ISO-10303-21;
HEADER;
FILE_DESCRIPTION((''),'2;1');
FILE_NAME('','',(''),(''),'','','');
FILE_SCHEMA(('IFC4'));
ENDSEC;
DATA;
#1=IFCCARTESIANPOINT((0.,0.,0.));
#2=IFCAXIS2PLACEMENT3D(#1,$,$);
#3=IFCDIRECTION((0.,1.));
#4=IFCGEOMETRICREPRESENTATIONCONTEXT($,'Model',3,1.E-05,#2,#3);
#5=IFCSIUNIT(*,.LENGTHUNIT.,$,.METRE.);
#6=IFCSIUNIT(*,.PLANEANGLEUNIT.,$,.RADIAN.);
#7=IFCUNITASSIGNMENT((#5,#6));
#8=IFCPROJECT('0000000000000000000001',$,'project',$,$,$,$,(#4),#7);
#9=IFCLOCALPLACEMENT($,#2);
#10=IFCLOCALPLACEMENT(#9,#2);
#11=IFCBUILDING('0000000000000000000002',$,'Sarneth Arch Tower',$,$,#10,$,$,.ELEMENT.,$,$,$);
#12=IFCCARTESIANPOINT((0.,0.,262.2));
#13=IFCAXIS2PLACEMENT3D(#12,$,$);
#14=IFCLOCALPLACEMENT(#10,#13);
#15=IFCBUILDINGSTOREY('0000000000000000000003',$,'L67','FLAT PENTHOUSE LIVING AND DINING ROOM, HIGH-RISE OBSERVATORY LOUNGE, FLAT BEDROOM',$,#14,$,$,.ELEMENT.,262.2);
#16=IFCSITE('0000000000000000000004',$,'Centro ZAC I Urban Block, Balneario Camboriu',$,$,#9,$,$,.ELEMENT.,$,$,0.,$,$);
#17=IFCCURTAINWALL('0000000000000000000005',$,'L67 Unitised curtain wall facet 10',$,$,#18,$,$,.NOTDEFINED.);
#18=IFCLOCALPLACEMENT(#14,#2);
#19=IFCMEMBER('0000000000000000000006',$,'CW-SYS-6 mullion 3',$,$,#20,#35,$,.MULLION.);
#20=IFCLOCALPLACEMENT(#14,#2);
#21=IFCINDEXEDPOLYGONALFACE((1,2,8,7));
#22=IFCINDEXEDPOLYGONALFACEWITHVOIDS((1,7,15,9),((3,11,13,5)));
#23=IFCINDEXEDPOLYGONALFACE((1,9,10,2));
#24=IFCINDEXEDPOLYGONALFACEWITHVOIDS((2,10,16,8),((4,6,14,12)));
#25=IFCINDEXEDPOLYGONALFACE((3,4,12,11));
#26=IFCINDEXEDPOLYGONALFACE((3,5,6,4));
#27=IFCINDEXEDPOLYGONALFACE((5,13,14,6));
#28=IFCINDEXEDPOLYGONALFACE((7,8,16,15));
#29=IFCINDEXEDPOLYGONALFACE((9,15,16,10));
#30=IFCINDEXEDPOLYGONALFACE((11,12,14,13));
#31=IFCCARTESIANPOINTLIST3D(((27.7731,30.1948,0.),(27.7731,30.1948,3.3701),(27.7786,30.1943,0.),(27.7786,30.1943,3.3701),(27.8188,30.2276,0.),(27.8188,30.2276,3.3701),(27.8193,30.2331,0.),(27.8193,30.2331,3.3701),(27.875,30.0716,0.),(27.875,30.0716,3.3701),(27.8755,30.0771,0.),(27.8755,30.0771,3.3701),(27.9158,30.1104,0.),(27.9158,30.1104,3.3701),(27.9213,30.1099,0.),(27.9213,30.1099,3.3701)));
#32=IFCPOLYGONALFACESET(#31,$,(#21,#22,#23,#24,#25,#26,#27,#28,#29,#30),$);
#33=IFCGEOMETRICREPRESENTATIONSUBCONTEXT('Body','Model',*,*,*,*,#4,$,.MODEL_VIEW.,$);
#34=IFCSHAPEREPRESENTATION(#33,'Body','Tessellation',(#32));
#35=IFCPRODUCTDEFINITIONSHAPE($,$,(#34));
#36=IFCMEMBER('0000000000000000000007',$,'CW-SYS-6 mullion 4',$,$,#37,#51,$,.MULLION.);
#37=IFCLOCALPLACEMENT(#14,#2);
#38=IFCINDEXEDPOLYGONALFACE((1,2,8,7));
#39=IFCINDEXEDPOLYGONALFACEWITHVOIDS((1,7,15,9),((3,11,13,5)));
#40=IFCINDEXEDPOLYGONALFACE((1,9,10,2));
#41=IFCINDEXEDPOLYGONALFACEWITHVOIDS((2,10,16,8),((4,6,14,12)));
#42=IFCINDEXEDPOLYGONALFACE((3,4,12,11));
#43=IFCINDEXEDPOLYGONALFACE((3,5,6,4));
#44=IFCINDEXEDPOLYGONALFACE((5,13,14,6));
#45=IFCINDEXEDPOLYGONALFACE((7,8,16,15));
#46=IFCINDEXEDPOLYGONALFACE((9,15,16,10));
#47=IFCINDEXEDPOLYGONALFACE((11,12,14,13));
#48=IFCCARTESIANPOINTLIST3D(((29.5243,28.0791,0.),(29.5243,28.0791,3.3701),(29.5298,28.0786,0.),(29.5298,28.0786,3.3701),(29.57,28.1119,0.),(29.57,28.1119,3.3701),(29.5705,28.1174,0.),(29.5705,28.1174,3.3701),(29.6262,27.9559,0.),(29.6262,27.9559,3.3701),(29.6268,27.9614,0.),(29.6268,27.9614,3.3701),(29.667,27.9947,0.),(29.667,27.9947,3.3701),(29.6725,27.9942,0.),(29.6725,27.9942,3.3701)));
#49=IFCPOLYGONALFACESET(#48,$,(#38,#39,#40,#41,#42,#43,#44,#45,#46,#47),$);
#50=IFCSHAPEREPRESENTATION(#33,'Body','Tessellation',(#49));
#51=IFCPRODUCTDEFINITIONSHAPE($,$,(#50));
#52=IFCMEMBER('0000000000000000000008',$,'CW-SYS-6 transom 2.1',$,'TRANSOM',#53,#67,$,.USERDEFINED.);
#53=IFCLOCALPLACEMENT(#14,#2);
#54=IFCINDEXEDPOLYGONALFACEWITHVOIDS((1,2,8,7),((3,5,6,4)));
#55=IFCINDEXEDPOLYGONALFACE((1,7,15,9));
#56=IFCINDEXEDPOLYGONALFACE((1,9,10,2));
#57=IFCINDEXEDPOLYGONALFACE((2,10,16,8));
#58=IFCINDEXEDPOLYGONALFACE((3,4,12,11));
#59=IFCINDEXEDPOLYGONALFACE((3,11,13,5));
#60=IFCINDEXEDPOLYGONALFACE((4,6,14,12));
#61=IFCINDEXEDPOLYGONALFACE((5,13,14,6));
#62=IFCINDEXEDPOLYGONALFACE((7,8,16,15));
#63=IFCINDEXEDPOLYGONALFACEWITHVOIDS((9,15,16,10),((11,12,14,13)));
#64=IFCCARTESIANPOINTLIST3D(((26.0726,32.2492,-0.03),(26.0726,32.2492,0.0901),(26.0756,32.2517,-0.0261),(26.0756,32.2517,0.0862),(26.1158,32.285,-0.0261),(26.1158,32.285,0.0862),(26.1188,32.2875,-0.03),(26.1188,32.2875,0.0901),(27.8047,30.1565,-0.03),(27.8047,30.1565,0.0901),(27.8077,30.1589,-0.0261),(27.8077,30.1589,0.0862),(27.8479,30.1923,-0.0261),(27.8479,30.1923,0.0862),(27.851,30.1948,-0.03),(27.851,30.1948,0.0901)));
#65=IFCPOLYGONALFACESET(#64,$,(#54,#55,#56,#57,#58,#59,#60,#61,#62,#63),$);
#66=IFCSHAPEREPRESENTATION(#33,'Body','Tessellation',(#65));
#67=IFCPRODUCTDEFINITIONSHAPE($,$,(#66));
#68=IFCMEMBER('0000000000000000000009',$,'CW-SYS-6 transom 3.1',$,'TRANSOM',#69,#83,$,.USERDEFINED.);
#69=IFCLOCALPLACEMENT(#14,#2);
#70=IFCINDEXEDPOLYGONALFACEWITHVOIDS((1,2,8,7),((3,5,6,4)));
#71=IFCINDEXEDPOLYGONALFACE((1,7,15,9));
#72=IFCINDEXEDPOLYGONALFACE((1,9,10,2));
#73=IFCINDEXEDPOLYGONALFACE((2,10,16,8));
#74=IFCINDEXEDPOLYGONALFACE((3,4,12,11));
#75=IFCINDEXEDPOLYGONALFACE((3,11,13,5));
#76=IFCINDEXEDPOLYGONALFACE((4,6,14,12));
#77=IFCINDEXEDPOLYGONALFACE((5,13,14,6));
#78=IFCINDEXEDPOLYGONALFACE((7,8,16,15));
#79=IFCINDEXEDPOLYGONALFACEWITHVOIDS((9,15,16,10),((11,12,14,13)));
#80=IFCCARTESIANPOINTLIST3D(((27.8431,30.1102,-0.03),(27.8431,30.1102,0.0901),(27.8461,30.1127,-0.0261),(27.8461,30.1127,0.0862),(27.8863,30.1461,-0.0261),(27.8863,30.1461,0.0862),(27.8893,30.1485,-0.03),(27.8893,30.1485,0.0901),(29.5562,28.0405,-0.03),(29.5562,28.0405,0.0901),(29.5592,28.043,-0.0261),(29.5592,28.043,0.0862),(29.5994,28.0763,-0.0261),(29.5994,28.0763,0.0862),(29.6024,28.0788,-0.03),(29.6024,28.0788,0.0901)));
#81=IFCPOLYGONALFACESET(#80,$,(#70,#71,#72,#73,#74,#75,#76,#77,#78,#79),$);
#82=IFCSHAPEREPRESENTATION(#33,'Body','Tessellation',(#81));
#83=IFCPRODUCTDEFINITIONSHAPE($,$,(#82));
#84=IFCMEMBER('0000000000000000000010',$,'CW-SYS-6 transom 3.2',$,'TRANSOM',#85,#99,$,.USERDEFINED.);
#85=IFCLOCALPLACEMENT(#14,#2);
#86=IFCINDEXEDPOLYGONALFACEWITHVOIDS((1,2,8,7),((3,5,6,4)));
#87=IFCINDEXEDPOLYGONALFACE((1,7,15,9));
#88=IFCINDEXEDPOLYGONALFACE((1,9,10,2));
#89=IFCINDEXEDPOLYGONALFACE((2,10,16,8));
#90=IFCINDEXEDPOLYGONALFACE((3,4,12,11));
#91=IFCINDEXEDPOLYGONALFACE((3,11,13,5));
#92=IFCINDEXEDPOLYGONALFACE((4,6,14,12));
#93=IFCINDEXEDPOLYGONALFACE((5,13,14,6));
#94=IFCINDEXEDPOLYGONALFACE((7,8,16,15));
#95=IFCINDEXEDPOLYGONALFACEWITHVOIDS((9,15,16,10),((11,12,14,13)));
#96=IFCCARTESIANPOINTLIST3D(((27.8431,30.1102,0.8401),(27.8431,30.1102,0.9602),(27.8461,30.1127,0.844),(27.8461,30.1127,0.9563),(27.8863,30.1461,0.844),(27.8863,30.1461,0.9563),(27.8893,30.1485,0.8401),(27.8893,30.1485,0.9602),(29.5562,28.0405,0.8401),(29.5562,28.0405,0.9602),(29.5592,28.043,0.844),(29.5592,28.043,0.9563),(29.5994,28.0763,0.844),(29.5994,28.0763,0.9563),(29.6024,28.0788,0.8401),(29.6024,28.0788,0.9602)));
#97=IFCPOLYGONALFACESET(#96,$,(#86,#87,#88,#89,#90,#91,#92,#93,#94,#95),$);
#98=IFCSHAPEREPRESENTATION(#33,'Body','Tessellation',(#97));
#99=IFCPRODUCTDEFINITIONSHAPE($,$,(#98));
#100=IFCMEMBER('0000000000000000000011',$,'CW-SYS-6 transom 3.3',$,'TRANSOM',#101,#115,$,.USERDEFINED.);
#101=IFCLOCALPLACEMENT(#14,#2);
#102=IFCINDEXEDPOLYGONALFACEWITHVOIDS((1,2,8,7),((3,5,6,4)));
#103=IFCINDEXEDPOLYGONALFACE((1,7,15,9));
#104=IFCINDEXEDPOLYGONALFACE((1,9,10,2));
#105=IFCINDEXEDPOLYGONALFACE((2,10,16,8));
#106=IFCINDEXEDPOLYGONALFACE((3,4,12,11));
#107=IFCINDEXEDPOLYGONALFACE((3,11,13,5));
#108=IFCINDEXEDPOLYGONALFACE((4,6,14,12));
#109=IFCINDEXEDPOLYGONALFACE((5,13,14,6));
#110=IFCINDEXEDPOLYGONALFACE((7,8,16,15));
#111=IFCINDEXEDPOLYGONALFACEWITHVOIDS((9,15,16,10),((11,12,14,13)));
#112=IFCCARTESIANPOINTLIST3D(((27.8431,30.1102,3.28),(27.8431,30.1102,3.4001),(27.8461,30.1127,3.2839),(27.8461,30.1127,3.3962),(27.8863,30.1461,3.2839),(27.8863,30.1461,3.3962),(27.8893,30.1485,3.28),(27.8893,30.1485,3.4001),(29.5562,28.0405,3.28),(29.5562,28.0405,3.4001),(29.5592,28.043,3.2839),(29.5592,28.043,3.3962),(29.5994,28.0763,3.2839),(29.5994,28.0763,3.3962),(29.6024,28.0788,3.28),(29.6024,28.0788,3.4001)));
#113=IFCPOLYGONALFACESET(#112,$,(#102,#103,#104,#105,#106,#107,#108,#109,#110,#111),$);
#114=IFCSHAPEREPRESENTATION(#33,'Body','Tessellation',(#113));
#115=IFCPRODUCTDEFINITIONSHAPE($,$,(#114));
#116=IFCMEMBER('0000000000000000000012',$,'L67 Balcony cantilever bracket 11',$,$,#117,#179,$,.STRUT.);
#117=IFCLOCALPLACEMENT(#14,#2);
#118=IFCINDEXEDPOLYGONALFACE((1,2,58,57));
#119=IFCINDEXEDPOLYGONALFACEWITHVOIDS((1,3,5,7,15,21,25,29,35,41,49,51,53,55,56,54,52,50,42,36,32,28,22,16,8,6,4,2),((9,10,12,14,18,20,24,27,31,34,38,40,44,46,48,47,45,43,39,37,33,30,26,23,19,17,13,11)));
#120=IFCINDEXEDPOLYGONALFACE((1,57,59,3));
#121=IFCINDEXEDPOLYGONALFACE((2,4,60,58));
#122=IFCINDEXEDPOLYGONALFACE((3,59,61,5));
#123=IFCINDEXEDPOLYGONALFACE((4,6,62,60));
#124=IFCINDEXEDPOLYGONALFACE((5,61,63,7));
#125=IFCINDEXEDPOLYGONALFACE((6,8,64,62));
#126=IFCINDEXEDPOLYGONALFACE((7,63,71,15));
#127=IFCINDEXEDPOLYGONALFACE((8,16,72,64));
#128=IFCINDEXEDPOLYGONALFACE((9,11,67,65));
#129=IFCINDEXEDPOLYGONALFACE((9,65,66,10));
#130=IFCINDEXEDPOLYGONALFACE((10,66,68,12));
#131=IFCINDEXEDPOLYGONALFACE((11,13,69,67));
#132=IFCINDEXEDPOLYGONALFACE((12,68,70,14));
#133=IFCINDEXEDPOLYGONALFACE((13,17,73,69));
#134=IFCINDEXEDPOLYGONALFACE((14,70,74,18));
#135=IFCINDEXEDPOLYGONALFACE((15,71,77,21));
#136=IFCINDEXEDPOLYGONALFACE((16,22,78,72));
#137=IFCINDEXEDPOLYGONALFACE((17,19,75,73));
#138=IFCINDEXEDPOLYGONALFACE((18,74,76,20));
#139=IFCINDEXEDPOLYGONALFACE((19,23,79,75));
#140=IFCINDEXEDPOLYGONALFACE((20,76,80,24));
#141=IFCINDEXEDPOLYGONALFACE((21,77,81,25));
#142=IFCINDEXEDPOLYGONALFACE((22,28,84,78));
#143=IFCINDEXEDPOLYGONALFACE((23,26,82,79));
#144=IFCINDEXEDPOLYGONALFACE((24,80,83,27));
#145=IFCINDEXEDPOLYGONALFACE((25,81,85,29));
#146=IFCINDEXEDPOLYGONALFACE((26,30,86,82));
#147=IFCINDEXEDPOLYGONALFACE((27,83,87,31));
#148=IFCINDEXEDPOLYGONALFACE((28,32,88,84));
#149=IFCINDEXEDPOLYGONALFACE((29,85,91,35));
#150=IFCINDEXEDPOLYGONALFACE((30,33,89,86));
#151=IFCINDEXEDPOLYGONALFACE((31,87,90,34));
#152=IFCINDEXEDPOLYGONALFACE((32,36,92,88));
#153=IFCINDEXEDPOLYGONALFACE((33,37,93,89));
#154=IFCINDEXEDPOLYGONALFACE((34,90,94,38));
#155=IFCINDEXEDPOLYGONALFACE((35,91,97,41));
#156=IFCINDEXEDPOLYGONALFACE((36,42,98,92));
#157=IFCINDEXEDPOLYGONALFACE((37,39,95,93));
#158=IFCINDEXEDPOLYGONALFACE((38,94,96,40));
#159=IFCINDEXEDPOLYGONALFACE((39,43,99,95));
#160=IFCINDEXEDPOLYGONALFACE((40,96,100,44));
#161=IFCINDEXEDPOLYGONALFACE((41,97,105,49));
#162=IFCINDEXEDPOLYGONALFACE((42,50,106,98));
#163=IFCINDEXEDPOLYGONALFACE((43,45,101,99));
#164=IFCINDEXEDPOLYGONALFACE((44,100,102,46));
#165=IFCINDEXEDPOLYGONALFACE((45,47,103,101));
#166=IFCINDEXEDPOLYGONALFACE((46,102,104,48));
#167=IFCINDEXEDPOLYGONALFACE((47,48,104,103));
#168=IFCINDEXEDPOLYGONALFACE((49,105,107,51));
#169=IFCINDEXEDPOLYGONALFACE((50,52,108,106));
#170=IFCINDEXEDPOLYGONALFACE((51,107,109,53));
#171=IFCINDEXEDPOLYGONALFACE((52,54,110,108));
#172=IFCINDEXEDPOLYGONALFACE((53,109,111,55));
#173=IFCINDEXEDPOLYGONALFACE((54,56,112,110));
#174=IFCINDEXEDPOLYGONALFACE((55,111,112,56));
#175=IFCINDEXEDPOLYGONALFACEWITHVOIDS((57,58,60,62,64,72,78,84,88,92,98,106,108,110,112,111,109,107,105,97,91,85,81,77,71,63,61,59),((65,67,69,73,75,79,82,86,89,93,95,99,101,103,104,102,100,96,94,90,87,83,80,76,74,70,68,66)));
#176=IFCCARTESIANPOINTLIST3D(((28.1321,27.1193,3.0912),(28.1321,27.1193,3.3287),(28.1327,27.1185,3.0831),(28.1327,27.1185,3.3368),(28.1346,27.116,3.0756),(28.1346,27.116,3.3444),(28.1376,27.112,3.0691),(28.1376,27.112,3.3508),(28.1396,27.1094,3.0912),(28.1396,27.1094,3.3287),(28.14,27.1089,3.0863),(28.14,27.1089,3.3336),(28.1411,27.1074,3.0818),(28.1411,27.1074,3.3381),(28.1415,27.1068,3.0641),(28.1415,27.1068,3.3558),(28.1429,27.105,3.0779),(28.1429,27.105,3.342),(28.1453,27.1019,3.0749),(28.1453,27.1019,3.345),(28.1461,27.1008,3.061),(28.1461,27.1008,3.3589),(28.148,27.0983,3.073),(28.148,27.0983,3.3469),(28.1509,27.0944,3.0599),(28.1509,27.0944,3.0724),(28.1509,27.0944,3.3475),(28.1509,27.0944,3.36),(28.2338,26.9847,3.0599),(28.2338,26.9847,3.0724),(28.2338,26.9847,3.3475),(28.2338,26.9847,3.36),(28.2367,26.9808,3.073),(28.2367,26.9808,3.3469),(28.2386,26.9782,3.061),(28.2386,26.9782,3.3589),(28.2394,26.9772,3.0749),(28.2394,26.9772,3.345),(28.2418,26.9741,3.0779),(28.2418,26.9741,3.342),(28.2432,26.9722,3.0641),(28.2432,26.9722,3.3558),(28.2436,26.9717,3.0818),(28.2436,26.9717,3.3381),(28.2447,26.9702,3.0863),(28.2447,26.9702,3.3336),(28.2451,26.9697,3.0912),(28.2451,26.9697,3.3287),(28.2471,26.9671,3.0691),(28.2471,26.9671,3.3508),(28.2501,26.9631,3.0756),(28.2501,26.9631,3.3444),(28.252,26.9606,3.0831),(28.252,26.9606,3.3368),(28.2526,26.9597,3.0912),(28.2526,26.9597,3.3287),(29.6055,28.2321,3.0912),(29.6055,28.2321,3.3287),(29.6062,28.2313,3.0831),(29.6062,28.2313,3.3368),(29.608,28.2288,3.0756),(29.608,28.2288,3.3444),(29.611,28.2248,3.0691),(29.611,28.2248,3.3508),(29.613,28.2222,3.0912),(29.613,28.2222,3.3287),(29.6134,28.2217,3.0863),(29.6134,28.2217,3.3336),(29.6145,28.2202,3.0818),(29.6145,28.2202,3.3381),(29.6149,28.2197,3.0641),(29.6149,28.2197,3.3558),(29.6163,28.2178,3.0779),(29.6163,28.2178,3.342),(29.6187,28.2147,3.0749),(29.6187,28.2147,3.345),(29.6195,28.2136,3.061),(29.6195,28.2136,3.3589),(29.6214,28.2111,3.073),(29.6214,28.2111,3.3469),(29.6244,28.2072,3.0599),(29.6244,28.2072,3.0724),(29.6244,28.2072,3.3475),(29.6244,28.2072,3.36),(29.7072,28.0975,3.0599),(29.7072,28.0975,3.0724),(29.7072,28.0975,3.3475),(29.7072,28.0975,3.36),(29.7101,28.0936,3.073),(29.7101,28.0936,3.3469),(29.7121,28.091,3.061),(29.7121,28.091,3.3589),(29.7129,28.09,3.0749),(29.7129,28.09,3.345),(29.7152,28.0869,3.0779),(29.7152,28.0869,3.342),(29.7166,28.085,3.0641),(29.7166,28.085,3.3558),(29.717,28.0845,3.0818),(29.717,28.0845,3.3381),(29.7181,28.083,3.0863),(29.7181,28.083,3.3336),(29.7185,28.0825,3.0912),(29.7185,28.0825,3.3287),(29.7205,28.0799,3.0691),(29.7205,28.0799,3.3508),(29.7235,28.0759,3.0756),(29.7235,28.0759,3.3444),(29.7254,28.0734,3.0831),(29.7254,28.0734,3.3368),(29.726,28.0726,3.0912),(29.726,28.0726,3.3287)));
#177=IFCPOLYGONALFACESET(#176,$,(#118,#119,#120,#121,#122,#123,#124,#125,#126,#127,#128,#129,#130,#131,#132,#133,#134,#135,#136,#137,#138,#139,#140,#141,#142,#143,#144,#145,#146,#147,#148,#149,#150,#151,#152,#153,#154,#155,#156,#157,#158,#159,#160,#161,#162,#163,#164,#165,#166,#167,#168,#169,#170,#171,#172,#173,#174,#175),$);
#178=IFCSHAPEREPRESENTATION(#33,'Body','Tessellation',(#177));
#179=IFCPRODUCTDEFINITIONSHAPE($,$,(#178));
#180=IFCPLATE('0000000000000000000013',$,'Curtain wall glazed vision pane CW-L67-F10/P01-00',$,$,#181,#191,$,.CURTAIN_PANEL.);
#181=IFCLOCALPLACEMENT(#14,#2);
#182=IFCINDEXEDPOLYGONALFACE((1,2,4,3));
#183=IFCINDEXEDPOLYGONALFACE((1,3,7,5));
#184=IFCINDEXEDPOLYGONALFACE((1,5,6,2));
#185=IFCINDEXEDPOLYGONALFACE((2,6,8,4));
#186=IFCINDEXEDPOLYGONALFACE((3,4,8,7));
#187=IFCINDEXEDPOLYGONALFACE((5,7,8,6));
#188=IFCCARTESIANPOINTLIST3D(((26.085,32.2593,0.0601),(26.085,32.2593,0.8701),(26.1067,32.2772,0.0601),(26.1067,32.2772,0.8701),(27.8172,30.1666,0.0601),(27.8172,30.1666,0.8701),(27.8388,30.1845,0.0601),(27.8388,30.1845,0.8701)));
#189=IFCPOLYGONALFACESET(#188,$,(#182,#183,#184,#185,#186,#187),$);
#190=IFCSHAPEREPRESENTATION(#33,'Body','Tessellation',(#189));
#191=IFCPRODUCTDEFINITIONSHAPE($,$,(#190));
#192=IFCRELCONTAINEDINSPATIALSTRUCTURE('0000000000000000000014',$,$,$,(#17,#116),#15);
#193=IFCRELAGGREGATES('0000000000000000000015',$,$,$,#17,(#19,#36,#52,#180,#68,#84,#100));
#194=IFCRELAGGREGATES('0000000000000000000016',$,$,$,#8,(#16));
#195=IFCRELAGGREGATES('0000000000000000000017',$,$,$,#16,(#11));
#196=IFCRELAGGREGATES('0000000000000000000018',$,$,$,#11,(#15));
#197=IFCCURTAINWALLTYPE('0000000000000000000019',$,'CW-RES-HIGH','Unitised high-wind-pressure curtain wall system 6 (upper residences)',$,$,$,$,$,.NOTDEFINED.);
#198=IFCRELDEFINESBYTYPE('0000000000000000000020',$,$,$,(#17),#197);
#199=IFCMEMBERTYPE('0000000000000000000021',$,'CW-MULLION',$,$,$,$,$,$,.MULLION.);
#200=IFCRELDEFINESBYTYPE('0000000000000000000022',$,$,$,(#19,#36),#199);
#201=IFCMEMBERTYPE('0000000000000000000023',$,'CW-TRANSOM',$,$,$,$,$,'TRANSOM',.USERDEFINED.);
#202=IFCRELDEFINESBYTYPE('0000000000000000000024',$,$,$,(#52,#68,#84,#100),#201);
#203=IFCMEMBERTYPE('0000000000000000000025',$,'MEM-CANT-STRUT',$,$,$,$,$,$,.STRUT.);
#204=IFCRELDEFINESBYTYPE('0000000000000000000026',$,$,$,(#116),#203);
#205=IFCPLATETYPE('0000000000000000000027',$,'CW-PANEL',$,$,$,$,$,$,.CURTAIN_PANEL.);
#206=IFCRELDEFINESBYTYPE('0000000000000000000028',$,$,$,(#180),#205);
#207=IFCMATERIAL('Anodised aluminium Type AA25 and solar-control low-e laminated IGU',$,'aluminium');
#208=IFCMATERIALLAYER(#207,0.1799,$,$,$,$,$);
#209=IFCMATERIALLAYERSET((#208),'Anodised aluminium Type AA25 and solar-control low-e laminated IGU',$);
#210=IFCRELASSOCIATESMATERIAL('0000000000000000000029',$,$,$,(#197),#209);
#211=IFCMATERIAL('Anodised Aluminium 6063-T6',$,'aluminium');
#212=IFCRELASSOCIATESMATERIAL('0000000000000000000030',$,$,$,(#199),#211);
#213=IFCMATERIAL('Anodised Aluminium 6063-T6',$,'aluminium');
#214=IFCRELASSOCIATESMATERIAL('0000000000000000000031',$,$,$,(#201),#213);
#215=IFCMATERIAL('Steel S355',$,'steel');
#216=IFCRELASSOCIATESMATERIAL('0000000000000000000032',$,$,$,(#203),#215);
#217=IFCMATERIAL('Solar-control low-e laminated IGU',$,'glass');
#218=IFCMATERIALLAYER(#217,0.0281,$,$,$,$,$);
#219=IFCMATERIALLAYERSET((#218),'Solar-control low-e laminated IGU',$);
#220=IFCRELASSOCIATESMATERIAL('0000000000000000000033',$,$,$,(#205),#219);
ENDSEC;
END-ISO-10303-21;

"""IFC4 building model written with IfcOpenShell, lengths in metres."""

from ifc_helpers import new_model, si_unit, direction, frame, origin, origin_2d, place, context, subcontext, project, spatial, rectangle, hollow_rectangle, extrude, material, layer, layer_set, material_profile, profile_set, type_object, element, aggregate, save


model = new_model("IFC4")

# Units and contexts
model_context = context("Model", 3, precision=1e-05, world=origin(), true_north=direction((0.0, 1.0)))
body_context = subcontext(model_context, "Body", "Model", "MODEL_VIEW")
ifc_project = project(units=[si_unit("LENGTHUNIT", "METRE"), si_unit("PLANEANGLEUNIT", "RADIAN")], contexts=[model_context])

# Site, building, storey
site_placement = place(None, origin())
site = spatial("IfcSite", under=ifc_project, at=site_placement, Name="Centro ZAC I Urban Block, Balneario Camboriu", CompositionType="ELEMENT", RefElevation=0.0)
building_placement = place(site_placement, origin())
building = spatial("IfcBuilding", under=site, at=building_placement, Name="Sarneth Arch Tower", CompositionType="ELEMENT")
storey_placement = place(building_placement, frame((0.0, 0.0, 262.2)))
storey = spatial("IfcBuildingStorey", under=building, at=storey_placement, Name="L67", Description="FLAT PENTHOUSE LIVING AND DINING ROOM, HIGH-RISE OBSERVATORY LOUNGE, FLAT BEDROOM", CompositionType="ELEMENT", Elevation=262.2)

# Curtain wall, members
ifc_material_1 = material(Name="Anodised aluminium Type AA25 and solar-control low-e laminated IGU", Category="aluminium")
ifc_layer_1 = layer(ifc_material_1, 0.1799)
ifc_layer_set_1 = layer_set([ifc_layer_1], Name="Anodised aluminium Type AA25 and solar-control low-e laminated IGU")
curtain_wall_type = type_object("IfcCurtainWallType", Name="CW-RES-HIGH", Description="Unitised high-wind-pressure curtain wall system 6 (upper residences)", PredefinedType="NOTDEFINED", material=ifc_layer_set_1)
curtain_wall_placement = place(storey_placement, origin())
curtain_wall = element("IfcCurtainWall", 1, at=curtain_wall_placement, inside=storey, type_object=curtain_wall_type, Name="L67 Unitised curtain wall facet 10", PredefinedType="NOTDEFINED")
ifc_material_2 = material(Name="Anodised Aluminium 6063-T6", Category="aluminium")
ifc_material_profile_1 = material_profile(ifc_material_2, hollow_rectangle(XDim=0.0601, YDim=0.1599, WallThickness=0.0039, at=origin_2d()), Name="AL-MULL-160x60x4")
ifc_profile_set_1 = profile_set([ifc_material_profile_1], Name="Anodised Aluminium 6063-T6")
member_type_1 = type_object("IfcMemberType", Name="CW-MULLION", PredefinedType="MULLION", material=ifc_profile_set_1)
member_1_placement = place(storey_placement, frame((27.8472, 30.1523, 0.0), z_axis=(0.0, 0.0, 1.0), x_axis=(0.770359, 0.63761, 0.0)))
member_1 = element("IfcMember", 2, at=member_1_placement, type_object=member_type_1, Name="CW-SYS-6 mullion 3", PredefinedType="MULLION", context=body_context, shape_type="SweptSolid", body=[
    extrude(hollow_rectangle(XDim=0.0601, YDim=0.1599, WallThickness=0.0039, at=origin_2d()), origin(), (0.0, 0.0, 1.0), 3.3701),
])
member_2_placement = place(storey_placement, frame((29.5984, 28.0366, 0.0), z_axis=(0.0, 0.0, 1.0), x_axis=(0.770359, 0.63761, 0.0)))
member_2 = element("IfcMember", 3, at=member_2_placement, type_object=member_type_1, Name="CW-SYS-6 mullion 4", PredefinedType="MULLION", context=body_context, shape_type="SweptSolid", body=[
    extrude(hollow_rectangle(XDim=0.0601, YDim=0.1599, WallThickness=0.0039, at=origin_2d()), origin(), (0.0, 0.0, 1.0), 3.3701),
])
ifc_material_3 = material(Name="Anodised Aluminium 6063-T6", Category="aluminium")
ifc_material_profile_2 = material_profile(ifc_material_3, hollow_rectangle(XDim=0.0601, YDim=0.1201, WallThickness=0.0039, at=origin_2d()), Name="AL-TRAN-120x60x4")
ifc_profile_set_2 = profile_set([ifc_material_profile_2], Name="Anodised Aluminium 6063-T6")
member_type_2 = type_object("IfcMemberType", Name="CW-TRANSOM", ElementType="TRANSOM", PredefinedType="USERDEFINED", material=ifc_profile_set_2)
member_3_placement = place(storey_placement, frame((26.0957, 32.2683, 0.03), z_axis=(0.637617, -0.770353, 0.0), x_axis=(0.770353, 0.637617, 0.0)))
member_3 = element("IfcMember", 4, at=member_3_placement, type_object=member_type_2, Name="CW-SYS-6 transom 2.1", ObjectType="TRANSOM", PredefinedType="USERDEFINED", context=body_context, shape_type="SweptSolid", body=[
    extrude(hollow_rectangle(XDim=0.0601, YDim=0.1201, WallThickness=0.0039, at=origin_2d()), origin(), (0.0, 0.0, 1.0), 2.7166),
])
member_4_placement = place(storey_placement, frame((27.8662, 30.1294, 0.03), z_axis=(0.637607, -0.770362, 0.0), x_axis=(0.770362, 0.637607, 0.0)))
member_4 = element("IfcMember", 5, at=member_4_placement, type_object=member_type_2, Name="CW-SYS-6 transom 3.1", ObjectType="TRANSOM", PredefinedType="USERDEFINED", context=body_context, shape_type="SweptSolid", body=[
    extrude(hollow_rectangle(XDim=0.0601, YDim=0.1201, WallThickness=0.0039, at=origin_2d()), origin(), (0.0, 0.0, 1.0), 2.6868),
])
member_5_placement = place(storey_placement, frame((27.8662, 30.1294, 0.9001), z_axis=(0.637607, -0.770362, 0.0), x_axis=(0.770362, 0.637607, 0.0)))
member_5 = element("IfcMember", 6, at=member_5_placement, type_object=member_type_2, Name="CW-SYS-6 transom 3.2", ObjectType="TRANSOM", PredefinedType="USERDEFINED", context=body_context, shape_type="SweptSolid", body=[
    extrude(hollow_rectangle(XDim=0.0601, YDim=0.1201, WallThickness=0.0039, at=origin_2d()), origin(), (0.0, 0.0, 1.0), 2.6868),
])
member_6_placement = place(storey_placement, frame((27.8662, 30.1294, 3.3401), z_axis=(0.637607, -0.770362, 0.0), x_axis=(0.770362, 0.637607, 0.0)))
member_6 = element("IfcMember", 7, at=member_6_placement, type_object=member_type_2, Name="CW-SYS-6 transom 3.3", ObjectType="TRANSOM", PredefinedType="USERDEFINED", context=body_context, shape_type="SweptSolid", body=[
    extrude(hollow_rectangle(XDim=0.0601, YDim=0.1201, WallThickness=0.0039, at=origin_2d()), origin(), (0.0, 0.0, 1.0), 2.6868),
])

# Member
ifc_material_4 = material(Name="Steel S355", Category="steel")
ifc_material_profile_3 = material_profile(ifc_material_4, hollow_rectangle(XDim=0.2, YDim=0.3, WallThickness=0.0125, InnerFilletRadius=0.0188, OuterFilletRadius=0.0312, at=origin_2d()), Name="RHS300x200x12.5")
ifc_profile_set_3 = profile_set([ifc_material_profile_3], Name="Steel S355")
member_type_3 = type_object("IfcMemberType", Name="MEM-CANT-STRUT", PredefinedType="STRUT", material=ifc_profile_set_3)
member_7_placement = place(storey_placement, frame((29.6658, 28.1523, 3.21), z_axis=(-0.79798, -0.602683, 0.0), x_axis=(0.602683, -0.79798, 0.0)))
element("IfcMember", 8, at=member_7_placement, inside=storey, type_object=member_type_3, Name="L67 Balcony cantilever bracket 11", PredefinedType="STRUT", context=body_context, shape_type="SweptSolid", body=[
    extrude(hollow_rectangle(XDim=0.2, YDim=0.3, WallThickness=0.0125, InnerFilletRadius=0.0188, OuterFilletRadius=0.0312, at=origin_2d()), origin(), (0.0, 0.0, 1.0), 1.8464),
])

# Plate
ifc_material_5 = material(Name="Solar-control low-e laminated IGU", Category="glass")
ifc_layer_2 = layer(ifc_material_5, 0.0281)
ifc_layer_set_2 = layer_set([ifc_layer_2], Name="Solar-control low-e laminated IGU")
plate_type_1 = type_object("IfcPlateType", Name="CW-PANEL", PredefinedType="CURTAIN_PANEL", material=ifc_layer_set_2)
plate_1_placement = place(storey_placement, frame((26.9619, 31.2219, 0.0601), z_axis=(0.0, 0.0, 1.0), x_axis=(0.63761, -0.770359, 0.0)))
plate_1 = element("IfcPlate", 9, at=plate_1_placement, type_object=plate_type_1, Name="Curtain wall glazed vision pane CW-L67-F10/P01-00", PredefinedType="CURTAIN_PANEL", context=body_context, shape_type="SweptSolid", body=[
    extrude(rectangle(XDim=2.7166, YDim=0.0281, at=origin_2d()), origin(), (0.0, 0.0, 1.0), 0.8101),
])
aggregate(curtain_wall, [member_1, member_2, member_3, plate_1, member_4, member_5, member_6])

save(model, "model.ifc")
